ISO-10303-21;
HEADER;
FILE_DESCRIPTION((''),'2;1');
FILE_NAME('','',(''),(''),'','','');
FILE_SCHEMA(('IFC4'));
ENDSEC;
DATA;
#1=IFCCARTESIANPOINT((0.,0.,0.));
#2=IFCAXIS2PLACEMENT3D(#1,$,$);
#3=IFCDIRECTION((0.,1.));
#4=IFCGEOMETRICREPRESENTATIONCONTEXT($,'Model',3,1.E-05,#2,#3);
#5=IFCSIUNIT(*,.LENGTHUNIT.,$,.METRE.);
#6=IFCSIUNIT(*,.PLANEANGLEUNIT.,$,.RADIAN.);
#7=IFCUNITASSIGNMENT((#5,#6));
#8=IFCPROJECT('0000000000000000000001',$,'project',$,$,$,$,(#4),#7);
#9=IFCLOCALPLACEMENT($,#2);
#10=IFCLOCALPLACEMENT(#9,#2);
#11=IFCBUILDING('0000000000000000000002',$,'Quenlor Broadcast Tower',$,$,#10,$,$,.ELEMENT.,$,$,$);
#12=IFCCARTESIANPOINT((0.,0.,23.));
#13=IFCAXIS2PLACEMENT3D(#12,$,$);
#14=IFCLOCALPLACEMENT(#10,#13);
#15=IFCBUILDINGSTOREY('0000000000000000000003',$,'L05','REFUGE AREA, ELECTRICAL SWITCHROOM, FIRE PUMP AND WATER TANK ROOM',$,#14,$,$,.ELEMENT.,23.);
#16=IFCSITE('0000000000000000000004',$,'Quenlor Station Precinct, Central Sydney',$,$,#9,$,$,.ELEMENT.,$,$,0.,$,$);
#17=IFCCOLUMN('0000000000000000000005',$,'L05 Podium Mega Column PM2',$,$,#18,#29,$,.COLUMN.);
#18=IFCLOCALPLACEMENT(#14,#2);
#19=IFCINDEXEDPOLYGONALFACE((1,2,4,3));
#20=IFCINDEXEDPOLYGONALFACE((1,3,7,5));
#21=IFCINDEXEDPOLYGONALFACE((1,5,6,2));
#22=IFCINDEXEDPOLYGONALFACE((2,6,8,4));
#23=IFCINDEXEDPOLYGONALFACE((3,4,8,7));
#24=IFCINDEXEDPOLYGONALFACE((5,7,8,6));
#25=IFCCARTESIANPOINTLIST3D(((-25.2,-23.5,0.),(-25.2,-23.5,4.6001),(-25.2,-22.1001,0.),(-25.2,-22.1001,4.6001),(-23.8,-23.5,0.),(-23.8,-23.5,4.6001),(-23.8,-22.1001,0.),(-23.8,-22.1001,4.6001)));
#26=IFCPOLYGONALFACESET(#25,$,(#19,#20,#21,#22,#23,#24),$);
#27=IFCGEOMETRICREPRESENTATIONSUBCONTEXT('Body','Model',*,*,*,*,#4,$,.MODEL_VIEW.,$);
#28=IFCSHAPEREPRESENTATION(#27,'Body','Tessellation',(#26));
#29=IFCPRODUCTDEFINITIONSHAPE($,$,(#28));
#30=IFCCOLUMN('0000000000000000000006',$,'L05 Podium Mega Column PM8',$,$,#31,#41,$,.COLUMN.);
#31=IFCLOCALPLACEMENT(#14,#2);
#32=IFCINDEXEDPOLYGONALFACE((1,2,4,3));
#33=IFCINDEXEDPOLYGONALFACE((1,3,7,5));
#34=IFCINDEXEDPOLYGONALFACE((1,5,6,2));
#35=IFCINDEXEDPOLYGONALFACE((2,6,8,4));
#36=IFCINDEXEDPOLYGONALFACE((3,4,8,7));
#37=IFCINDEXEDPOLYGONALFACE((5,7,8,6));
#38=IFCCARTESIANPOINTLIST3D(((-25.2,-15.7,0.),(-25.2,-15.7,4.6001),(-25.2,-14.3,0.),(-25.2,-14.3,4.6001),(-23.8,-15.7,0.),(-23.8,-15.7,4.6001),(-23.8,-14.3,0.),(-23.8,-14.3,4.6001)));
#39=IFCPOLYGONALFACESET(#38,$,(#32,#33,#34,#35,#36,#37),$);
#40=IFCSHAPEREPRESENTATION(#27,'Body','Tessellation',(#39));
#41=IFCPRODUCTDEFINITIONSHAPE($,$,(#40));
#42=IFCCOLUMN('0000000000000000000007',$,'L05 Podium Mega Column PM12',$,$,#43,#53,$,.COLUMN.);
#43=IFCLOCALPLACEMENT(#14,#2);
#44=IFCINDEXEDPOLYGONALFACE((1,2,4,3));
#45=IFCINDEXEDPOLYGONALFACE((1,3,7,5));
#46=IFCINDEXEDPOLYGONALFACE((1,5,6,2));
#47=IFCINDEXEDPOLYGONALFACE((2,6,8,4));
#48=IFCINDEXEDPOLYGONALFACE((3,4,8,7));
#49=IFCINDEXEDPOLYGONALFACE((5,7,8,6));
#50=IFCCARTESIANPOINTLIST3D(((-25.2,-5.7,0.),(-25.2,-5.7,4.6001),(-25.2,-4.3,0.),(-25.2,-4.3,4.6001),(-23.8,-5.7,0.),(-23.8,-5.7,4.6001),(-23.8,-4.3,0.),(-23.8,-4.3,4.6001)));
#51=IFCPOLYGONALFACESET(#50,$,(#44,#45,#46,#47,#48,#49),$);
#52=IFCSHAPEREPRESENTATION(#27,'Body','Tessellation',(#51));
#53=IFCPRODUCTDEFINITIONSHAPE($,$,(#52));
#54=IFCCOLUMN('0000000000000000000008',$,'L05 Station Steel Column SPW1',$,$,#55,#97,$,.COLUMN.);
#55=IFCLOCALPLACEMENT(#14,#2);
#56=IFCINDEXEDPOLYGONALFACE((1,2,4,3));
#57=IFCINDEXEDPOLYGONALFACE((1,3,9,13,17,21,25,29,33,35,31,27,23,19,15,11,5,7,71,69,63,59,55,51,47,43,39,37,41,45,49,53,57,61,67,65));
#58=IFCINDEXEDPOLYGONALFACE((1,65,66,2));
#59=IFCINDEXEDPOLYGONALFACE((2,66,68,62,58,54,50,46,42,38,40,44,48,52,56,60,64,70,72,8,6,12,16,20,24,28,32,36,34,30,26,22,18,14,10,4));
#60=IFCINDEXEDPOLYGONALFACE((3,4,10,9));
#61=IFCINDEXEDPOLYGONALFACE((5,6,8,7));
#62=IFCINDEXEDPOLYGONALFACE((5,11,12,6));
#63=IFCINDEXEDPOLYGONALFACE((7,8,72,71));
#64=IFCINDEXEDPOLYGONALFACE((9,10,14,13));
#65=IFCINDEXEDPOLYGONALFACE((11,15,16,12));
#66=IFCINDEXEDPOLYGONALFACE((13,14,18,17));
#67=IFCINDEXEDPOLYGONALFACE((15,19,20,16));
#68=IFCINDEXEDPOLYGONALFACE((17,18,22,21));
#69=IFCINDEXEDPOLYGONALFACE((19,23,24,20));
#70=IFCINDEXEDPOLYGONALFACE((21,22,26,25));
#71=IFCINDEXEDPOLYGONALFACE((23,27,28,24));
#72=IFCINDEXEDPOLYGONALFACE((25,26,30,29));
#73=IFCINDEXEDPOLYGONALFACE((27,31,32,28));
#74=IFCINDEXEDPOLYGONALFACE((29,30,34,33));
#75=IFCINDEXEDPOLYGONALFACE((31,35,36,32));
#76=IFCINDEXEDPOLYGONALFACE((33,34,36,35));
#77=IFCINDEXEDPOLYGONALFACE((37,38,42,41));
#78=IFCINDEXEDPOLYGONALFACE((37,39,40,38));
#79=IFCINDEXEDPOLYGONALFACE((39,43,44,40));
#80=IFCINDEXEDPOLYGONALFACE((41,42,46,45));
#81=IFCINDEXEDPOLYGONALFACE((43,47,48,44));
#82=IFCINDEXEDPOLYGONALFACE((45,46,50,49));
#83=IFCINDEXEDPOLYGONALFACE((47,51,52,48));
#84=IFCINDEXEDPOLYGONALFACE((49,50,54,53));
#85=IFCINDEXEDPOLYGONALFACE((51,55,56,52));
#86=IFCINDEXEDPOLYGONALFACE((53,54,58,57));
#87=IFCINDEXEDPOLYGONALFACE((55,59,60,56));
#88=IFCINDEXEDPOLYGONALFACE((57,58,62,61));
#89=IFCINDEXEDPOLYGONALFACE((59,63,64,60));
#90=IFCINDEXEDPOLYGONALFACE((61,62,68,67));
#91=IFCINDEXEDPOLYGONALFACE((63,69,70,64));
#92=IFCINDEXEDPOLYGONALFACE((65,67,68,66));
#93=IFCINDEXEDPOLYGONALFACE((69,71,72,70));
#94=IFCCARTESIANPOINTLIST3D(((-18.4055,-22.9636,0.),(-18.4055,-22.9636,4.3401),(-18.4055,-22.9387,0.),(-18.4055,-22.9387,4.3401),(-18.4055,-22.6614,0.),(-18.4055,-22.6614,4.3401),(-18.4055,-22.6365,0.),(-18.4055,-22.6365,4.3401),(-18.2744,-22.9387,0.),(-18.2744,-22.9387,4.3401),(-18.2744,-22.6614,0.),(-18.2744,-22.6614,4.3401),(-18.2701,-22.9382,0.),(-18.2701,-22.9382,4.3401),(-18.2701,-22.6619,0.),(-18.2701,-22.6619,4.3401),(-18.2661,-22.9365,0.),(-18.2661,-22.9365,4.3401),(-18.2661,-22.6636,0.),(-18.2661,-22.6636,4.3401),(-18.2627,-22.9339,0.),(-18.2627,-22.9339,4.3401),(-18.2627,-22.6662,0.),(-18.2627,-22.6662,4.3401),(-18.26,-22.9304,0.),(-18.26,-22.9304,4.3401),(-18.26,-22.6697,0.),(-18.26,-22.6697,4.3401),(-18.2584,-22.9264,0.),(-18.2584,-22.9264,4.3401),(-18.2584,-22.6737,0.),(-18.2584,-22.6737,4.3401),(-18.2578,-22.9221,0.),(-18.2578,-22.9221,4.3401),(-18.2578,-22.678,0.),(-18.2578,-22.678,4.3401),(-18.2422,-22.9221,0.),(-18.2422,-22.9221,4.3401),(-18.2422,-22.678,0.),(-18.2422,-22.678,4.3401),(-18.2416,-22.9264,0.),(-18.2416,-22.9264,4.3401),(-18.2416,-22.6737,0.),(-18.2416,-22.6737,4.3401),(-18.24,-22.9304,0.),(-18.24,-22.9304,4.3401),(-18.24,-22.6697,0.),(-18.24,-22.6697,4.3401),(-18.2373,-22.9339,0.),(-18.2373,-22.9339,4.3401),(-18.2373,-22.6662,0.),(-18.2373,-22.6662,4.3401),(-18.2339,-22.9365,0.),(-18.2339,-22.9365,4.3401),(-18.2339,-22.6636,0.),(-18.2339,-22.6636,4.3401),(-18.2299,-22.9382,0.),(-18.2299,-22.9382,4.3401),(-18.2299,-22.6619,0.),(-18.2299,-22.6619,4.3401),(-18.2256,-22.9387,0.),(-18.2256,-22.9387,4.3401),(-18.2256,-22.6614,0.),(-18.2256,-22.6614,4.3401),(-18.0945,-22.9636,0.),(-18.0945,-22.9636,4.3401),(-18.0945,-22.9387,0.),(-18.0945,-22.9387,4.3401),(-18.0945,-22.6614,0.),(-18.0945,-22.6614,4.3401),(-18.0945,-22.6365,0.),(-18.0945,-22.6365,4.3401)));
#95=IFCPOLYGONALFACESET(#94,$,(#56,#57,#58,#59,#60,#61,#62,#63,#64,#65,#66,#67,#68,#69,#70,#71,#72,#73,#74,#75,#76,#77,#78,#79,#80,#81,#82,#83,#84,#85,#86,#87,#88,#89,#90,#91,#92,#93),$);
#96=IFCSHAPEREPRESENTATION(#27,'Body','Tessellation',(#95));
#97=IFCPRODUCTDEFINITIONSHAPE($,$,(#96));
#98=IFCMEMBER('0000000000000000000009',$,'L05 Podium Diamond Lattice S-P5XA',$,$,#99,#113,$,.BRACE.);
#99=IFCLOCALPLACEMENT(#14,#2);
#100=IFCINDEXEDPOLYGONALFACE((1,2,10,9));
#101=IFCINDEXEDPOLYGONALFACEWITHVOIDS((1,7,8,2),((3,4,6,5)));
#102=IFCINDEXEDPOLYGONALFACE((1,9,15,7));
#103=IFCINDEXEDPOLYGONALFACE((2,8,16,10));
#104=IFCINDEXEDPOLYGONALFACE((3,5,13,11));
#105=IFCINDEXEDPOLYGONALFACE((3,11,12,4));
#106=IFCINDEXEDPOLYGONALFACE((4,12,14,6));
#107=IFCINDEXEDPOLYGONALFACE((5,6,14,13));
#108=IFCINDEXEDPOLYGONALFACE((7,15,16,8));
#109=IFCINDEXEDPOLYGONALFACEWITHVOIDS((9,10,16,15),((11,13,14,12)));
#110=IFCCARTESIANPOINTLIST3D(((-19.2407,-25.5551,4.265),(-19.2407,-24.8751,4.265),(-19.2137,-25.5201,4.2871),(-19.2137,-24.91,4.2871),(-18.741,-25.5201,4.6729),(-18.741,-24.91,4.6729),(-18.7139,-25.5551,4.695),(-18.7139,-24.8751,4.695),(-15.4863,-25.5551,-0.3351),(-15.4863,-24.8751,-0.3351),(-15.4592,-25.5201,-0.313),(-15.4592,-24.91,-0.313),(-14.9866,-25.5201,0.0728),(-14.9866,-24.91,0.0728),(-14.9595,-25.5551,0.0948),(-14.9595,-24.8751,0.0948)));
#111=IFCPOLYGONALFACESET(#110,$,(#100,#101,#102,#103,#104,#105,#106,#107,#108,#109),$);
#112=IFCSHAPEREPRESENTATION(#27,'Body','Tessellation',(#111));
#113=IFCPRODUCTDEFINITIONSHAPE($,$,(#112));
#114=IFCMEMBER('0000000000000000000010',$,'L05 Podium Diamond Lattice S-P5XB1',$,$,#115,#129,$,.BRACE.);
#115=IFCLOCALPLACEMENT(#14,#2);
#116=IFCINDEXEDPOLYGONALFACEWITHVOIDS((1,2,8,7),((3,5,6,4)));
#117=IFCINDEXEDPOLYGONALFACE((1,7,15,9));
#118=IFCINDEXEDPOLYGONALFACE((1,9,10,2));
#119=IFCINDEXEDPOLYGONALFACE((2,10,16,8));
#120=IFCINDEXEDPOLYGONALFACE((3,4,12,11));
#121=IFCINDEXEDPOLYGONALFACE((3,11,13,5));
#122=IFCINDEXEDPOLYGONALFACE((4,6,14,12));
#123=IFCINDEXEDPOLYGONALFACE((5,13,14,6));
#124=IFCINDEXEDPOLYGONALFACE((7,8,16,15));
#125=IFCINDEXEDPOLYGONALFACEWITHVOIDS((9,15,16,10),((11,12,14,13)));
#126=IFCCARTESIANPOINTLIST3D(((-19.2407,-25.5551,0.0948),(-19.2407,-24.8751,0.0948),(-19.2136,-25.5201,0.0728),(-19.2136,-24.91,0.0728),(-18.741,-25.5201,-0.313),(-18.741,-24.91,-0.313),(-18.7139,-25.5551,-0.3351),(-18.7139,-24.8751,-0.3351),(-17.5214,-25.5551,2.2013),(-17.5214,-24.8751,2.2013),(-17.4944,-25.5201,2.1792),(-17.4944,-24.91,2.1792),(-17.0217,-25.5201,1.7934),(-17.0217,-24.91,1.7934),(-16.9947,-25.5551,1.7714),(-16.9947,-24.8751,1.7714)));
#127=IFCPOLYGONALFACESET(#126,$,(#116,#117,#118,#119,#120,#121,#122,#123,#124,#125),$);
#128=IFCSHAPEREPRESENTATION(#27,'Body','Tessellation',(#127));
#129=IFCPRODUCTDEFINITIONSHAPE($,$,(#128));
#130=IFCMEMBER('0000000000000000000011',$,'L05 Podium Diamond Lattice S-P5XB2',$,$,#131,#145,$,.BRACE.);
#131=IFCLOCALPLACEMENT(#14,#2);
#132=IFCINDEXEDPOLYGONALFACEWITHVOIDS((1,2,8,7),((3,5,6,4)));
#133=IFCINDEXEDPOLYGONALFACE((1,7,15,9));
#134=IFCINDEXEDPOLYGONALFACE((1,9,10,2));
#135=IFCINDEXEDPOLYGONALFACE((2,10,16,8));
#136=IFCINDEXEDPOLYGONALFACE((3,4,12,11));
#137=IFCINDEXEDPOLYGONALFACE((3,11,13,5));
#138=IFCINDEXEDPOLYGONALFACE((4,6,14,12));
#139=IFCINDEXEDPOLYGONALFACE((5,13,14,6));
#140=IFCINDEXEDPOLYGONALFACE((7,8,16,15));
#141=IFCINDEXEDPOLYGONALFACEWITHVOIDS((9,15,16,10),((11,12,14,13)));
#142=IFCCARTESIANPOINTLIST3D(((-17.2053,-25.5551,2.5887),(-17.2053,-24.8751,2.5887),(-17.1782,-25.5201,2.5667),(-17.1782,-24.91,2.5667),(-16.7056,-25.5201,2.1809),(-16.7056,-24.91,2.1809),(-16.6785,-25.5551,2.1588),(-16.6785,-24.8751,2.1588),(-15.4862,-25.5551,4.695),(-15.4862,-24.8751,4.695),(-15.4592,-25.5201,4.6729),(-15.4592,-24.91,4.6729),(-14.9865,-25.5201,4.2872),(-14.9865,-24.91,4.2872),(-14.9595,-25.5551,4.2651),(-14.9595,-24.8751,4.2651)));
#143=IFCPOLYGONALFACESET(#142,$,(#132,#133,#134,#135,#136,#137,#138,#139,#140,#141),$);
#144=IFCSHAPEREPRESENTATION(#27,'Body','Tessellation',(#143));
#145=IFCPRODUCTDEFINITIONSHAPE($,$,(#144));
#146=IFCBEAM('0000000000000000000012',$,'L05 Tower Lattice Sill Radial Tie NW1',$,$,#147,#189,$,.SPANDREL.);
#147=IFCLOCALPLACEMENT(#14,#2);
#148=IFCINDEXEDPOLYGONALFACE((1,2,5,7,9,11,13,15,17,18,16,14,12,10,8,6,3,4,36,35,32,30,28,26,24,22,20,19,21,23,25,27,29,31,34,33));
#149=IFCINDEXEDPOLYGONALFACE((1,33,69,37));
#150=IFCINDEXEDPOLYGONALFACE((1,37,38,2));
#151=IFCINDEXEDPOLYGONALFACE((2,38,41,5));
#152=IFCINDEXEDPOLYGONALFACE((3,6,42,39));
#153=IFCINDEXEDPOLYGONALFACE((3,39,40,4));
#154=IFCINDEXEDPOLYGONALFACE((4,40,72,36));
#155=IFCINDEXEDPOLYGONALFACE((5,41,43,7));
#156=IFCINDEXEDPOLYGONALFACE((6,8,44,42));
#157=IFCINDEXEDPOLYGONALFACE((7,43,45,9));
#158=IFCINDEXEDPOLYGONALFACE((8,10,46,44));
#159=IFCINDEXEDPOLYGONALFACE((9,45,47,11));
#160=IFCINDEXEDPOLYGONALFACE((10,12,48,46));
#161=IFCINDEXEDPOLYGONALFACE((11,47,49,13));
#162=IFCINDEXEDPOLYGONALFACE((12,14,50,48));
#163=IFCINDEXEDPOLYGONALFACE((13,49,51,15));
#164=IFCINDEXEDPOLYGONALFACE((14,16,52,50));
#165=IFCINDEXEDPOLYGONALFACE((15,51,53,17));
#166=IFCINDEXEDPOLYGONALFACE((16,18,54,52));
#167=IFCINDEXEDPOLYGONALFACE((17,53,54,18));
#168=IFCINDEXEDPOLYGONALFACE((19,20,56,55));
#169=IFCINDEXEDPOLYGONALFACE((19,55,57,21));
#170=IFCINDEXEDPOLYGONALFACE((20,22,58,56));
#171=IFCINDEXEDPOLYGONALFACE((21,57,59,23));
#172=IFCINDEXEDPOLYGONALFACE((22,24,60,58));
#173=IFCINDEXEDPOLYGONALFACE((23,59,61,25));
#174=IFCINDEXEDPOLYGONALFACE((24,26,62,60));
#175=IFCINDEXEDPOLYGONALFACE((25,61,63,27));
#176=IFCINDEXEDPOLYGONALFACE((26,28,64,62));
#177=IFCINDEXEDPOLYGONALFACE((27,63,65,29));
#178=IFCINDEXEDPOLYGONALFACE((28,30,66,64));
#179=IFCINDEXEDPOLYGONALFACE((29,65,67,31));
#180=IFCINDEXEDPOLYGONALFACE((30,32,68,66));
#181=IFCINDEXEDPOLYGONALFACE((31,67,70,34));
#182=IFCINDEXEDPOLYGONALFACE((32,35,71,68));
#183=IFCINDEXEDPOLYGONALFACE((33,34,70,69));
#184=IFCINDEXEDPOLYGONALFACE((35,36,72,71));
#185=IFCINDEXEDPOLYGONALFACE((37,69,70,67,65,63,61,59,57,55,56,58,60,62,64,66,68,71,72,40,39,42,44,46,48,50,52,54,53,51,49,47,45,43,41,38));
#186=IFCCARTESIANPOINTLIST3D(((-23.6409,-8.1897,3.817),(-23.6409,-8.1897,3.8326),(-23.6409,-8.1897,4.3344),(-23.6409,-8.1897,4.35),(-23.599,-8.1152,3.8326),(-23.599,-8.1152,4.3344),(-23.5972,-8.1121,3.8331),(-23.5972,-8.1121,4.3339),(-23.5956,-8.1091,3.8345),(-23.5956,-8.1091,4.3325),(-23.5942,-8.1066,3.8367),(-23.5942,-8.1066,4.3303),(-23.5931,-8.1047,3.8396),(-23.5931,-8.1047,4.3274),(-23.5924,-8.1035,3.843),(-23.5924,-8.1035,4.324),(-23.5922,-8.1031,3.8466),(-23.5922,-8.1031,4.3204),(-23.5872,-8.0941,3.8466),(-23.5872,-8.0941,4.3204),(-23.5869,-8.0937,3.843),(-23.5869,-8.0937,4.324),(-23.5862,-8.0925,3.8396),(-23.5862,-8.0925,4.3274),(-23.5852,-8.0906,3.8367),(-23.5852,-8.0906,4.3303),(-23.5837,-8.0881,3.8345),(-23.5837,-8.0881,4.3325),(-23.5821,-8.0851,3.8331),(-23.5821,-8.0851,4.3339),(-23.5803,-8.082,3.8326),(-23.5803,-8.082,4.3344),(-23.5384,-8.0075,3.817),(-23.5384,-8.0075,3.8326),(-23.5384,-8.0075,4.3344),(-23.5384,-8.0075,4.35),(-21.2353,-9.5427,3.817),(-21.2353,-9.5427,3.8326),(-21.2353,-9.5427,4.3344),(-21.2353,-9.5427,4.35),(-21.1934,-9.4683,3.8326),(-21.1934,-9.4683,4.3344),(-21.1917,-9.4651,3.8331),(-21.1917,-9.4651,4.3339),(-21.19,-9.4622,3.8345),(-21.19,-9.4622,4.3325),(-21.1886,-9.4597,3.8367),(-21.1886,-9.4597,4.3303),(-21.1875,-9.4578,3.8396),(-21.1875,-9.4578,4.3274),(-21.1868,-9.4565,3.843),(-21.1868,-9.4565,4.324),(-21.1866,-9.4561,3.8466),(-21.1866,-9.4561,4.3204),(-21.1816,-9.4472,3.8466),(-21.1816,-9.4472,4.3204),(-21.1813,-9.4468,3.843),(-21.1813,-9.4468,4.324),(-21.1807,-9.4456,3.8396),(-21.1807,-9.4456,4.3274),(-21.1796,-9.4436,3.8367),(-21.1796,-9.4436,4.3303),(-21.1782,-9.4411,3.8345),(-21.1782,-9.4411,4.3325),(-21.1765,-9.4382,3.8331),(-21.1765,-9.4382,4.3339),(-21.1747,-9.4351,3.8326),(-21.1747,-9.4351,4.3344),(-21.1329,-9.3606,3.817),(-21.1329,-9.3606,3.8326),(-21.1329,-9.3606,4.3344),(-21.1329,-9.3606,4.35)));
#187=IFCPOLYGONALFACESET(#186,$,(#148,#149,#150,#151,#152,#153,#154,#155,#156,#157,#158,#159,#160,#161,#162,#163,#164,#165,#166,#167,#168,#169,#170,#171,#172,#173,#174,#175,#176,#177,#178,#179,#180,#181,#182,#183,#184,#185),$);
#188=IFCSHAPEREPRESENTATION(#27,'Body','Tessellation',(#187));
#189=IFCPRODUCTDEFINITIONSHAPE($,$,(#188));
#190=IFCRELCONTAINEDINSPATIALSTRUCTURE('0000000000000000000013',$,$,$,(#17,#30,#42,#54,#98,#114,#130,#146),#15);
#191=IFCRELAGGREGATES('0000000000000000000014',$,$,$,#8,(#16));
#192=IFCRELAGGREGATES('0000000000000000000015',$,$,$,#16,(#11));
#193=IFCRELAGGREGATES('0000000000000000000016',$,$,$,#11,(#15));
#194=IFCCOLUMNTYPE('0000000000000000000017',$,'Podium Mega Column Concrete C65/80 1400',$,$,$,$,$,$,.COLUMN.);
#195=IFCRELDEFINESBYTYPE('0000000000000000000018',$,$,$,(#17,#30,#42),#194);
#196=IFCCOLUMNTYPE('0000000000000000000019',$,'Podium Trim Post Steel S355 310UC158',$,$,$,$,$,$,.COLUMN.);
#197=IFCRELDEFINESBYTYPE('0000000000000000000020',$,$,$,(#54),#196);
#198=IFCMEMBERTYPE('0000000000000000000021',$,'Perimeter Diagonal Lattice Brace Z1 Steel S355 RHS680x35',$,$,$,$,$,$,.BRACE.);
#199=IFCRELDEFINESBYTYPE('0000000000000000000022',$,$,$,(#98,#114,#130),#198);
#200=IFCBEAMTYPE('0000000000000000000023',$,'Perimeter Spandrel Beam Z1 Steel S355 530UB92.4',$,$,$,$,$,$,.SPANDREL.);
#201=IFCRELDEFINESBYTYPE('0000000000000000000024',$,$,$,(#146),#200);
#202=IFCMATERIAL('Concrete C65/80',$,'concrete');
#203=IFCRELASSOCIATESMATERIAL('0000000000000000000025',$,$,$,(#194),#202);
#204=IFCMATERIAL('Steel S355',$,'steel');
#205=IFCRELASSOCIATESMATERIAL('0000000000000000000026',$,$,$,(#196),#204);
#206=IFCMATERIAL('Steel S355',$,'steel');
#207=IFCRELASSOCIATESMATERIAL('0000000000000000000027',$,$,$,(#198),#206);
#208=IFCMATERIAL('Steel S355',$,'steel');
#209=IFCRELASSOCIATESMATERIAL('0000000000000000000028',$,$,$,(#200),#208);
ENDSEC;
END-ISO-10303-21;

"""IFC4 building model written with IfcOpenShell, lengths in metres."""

from ifc_helpers import new_model, si_unit, direction, frame, origin, origin_2d, place, context, subcontext, project, spatial, rectangle, hollow_rectangle, i_section, extrude, material, material_profile, profile_set, type_object, element, save


model = new_model("IFC4")

# Units and contexts
model_context = context("Model", 3, precision=1e-05, world=origin(), true_north=direction((0.0, 1.0)))
body_context = subcontext(model_context, "Body", "Model", "MODEL_VIEW")
ifc_project = project(units=[si_unit("LENGTHUNIT", "METRE"), si_unit("PLANEANGLEUNIT", "RADIAN")], contexts=[model_context])

# Site, building, storey
site_placement = place(None, origin())
site = spatial("IfcSite", under=ifc_project, at=site_placement, Name="Quenlor Station Precinct, Central Sydney", CompositionType="ELEMENT", RefElevation=0.0)
building_placement = place(site_placement, origin())
building = spatial("IfcBuilding", under=site, at=building_placement, Name="Quenlor Broadcast Tower", CompositionType="ELEMENT")
storey_placement = place(building_placement, frame((0.0, 0.0, 23.0)))
storey = spatial("IfcBuildingStorey", under=building, at=storey_placement, Name="L05", Description="REFUGE AREA, ELECTRICAL SWITCHROOM, FIRE PUMP AND WATER TANK ROOM", CompositionType="ELEMENT", Elevation=23.0)

# Columns
ifc_material_1 = material(Name="Concrete C65/80", Category="concrete")
ifc_material_profile_1 = material_profile(ifc_material_1, rectangle(XDim=1.3999, YDim=1.3999, at=origin_2d()))
ifc_profile_set_1 = profile_set([ifc_material_profile_1], Name="Concrete C65/80 RC1400x1400")
column_type_1 = type_object("IfcColumnType", Name="Podium Mega Column Concrete C65/80 1400", PredefinedType="COLUMN", material=ifc_profile_set_1)
for number, where, z_axis, x_axis, name in (
    (1, (-24.5, -22.8, 0.0), (0.0, 0.0, 1.0), (1.0, 0.0, 0.0), "L05 Podium Mega Column PM2"),
    (2, (-24.5, -15.0, 0.0), (0.0, 0.0, 1.0), (1.0, 0.0, 0.0), "L05 Podium Mega Column PM8"),
    (3, (-24.5, -5.0, 0.0), (0.0, 0.0, 1.0), (1.0, 0.0, 0.0), "L05 Podium Mega Column PM12"),
):
    element("IfcColumn", number, at=place(storey_placement, frame(where, z_axis=z_axis, x_axis=x_axis)), inside=storey, type_object=column_type_1, Name=name, PredefinedType="COLUMN", context=body_context, shape_type="SweptSolid", body=[
        extrude(rectangle(XDim=1.3999, YDim=1.3999, at=origin_2d()), origin(), (0.0, 0.0, 1.0), 4.6001),
    ])
ifc_material_2 = material(Name="Steel S355", Category="steel")
ifc_material_profile_2 = material_profile(ifc_material_2, i_section(OverallWidth=0.311, OverallDepth=0.3271, WebThickness=0.0156, FlangeThickness=0.0249, FilletRadius=0.0166, at=origin_2d()))
ifc_profile_set_2 = profile_set([ifc_material_profile_2], Name="Steel S355 310UC158")
column_type_2 = type_object("IfcColumnType", Name="Podium Trim Post Steel S355 310UC158", PredefinedType="COLUMN", material=ifc_profile_set_2)
column_placement = place(storey_placement, frame((-18.25, -22.8, 0.0), z_axis=(0.0, 0.0, 1.0), x_axis=(1.0, 0.0, 0.0)))
element("IfcColumn", 4, at=column_placement, inside=storey, type_object=column_type_2, Name="L05 Station Steel Column SPW1", PredefinedType="COLUMN", context=body_context, shape_type="SweptSolid", body=[
    extrude(i_section(OverallWidth=0.311, OverallDepth=0.3271, WebThickness=0.0156, FlangeThickness=0.0249, FilletRadius=0.0166, at=origin_2d()), origin(), (0.0, 0.0, 1.0), 4.3401),
])

# Members
ifc_material_3 = material(Name="Steel S355", Category="steel")
ifc_material_profile_3 = material_profile(ifc_material_3, hollow_rectangle(XDim=0.6799, YDim=0.6799, WallThickness=0.0349, at=origin_2d()))
ifc_profile_set_3 = profile_set([ifc_material_profile_3], Name="Steel S355 RHS680x680x35")
member_type_1 = type_object("IfcMemberType", Name="Perimeter Diagonal Lattice Brace Z1 Steel S355 RHS680x35", PredefinedType="BRACE", material=ifc_profile_set_3)
member_1_placement = place(storey_placement, frame((-15.2229, -25.2151, -0.1201), z_axis=(-0.632297, 0.0, 0.774726), x_axis=(0.0, -1.0, 0.0)))
element("IfcMember", 5, at=member_1_placement, inside=storey, type_object=member_type_1, Name="L05 Podium Diamond Lattice S-P5XA", PredefinedType="BRACE", context=body_context, shape_type="SweptSolid", body=[
    extrude(hollow_rectangle(XDim=0.6799, YDim=0.6799, WallThickness=0.0349, at=origin_2d()), origin(), (0.0, 0.0, 1.0), 5.9377),
])
member_2_placement = place(storey_placement, frame((-18.9773, -25.2151, -0.1201), z_axis=(0.632308, 0.0, 0.774717), x_axis=(0.0, 1.0, 0.0)))
element("IfcMember", 6, at=member_2_placement, inside=storey, type_object=member_type_1, Name="L05 Podium Diamond Lattice S-P5XB1", PredefinedType="BRACE", context=body_context, shape_type="SweptSolid", body=[
    extrude(hollow_rectangle(XDim=0.6799, YDim=0.6799, WallThickness=0.0349, at=origin_2d()), origin(), (0.0, 0.0, 1.0), 2.719),
])
member_3_placement = place(storey_placement, frame((-16.9419, -25.2151, 2.3738), z_axis=(0.632298, 0.0, 0.774725), x_axis=(0.0, 1.0, 0.0)))
element("IfcMember", 7, at=member_3_placement, inside=storey, type_object=member_type_1, Name="L05 Podium Diamond Lattice S-P5XB2", PredefinedType="BRACE", context=body_context, shape_type="SweptSolid", body=[
    extrude(hollow_rectangle(XDim=0.6799, YDim=0.6799, WallThickness=0.0349, at=origin_2d()), origin(), (0.0, 0.0, 1.0), 2.7188),
])

# Beam
ifc_material_4 = material(Name="Steel S355", Category="steel")
ifc_material_profile_4 = material_profile(ifc_material_4, i_section(OverallWidth=0.209, OverallDepth=0.533, WebThickness=0.0103, FlangeThickness=0.0156, FilletRadius=0.0139, at=origin_2d()))
ifc_profile_set_4 = profile_set([ifc_material_profile_4], Name="Steel S355 530UB92.4")
beam_type_1 = type_object("IfcBeamType", Name="Perimeter Spandrel Beam Z1 Steel S355 530UB92.4", PredefinedType="SPANDREL", material=ifc_profile_set_4)
beam_1_placement = place(storey_placement, frame((-21.1841, -9.4517, 4.0835), z_axis=(-0.871587, 0.49024, 0.0), x_axis=(-0.49024, -0.871587, 0.0)))
element("IfcBeam", 8, at=beam_1_placement, inside=storey, type_object=beam_type_1, Name="L05 Tower Lattice Sill Radial Tie NW1", PredefinedType="SPANDREL", context=body_context, shape_type="SweptSolid", body=[
    extrude(i_section(OverallWidth=0.209, OverallDepth=0.533, WebThickness=0.0103, FlangeThickness=0.0156, FilletRadius=0.0139, at=origin_2d()), origin(), (0.0, 0.0, 1.0), 2.76),
])

save(model, "model.ifc")
